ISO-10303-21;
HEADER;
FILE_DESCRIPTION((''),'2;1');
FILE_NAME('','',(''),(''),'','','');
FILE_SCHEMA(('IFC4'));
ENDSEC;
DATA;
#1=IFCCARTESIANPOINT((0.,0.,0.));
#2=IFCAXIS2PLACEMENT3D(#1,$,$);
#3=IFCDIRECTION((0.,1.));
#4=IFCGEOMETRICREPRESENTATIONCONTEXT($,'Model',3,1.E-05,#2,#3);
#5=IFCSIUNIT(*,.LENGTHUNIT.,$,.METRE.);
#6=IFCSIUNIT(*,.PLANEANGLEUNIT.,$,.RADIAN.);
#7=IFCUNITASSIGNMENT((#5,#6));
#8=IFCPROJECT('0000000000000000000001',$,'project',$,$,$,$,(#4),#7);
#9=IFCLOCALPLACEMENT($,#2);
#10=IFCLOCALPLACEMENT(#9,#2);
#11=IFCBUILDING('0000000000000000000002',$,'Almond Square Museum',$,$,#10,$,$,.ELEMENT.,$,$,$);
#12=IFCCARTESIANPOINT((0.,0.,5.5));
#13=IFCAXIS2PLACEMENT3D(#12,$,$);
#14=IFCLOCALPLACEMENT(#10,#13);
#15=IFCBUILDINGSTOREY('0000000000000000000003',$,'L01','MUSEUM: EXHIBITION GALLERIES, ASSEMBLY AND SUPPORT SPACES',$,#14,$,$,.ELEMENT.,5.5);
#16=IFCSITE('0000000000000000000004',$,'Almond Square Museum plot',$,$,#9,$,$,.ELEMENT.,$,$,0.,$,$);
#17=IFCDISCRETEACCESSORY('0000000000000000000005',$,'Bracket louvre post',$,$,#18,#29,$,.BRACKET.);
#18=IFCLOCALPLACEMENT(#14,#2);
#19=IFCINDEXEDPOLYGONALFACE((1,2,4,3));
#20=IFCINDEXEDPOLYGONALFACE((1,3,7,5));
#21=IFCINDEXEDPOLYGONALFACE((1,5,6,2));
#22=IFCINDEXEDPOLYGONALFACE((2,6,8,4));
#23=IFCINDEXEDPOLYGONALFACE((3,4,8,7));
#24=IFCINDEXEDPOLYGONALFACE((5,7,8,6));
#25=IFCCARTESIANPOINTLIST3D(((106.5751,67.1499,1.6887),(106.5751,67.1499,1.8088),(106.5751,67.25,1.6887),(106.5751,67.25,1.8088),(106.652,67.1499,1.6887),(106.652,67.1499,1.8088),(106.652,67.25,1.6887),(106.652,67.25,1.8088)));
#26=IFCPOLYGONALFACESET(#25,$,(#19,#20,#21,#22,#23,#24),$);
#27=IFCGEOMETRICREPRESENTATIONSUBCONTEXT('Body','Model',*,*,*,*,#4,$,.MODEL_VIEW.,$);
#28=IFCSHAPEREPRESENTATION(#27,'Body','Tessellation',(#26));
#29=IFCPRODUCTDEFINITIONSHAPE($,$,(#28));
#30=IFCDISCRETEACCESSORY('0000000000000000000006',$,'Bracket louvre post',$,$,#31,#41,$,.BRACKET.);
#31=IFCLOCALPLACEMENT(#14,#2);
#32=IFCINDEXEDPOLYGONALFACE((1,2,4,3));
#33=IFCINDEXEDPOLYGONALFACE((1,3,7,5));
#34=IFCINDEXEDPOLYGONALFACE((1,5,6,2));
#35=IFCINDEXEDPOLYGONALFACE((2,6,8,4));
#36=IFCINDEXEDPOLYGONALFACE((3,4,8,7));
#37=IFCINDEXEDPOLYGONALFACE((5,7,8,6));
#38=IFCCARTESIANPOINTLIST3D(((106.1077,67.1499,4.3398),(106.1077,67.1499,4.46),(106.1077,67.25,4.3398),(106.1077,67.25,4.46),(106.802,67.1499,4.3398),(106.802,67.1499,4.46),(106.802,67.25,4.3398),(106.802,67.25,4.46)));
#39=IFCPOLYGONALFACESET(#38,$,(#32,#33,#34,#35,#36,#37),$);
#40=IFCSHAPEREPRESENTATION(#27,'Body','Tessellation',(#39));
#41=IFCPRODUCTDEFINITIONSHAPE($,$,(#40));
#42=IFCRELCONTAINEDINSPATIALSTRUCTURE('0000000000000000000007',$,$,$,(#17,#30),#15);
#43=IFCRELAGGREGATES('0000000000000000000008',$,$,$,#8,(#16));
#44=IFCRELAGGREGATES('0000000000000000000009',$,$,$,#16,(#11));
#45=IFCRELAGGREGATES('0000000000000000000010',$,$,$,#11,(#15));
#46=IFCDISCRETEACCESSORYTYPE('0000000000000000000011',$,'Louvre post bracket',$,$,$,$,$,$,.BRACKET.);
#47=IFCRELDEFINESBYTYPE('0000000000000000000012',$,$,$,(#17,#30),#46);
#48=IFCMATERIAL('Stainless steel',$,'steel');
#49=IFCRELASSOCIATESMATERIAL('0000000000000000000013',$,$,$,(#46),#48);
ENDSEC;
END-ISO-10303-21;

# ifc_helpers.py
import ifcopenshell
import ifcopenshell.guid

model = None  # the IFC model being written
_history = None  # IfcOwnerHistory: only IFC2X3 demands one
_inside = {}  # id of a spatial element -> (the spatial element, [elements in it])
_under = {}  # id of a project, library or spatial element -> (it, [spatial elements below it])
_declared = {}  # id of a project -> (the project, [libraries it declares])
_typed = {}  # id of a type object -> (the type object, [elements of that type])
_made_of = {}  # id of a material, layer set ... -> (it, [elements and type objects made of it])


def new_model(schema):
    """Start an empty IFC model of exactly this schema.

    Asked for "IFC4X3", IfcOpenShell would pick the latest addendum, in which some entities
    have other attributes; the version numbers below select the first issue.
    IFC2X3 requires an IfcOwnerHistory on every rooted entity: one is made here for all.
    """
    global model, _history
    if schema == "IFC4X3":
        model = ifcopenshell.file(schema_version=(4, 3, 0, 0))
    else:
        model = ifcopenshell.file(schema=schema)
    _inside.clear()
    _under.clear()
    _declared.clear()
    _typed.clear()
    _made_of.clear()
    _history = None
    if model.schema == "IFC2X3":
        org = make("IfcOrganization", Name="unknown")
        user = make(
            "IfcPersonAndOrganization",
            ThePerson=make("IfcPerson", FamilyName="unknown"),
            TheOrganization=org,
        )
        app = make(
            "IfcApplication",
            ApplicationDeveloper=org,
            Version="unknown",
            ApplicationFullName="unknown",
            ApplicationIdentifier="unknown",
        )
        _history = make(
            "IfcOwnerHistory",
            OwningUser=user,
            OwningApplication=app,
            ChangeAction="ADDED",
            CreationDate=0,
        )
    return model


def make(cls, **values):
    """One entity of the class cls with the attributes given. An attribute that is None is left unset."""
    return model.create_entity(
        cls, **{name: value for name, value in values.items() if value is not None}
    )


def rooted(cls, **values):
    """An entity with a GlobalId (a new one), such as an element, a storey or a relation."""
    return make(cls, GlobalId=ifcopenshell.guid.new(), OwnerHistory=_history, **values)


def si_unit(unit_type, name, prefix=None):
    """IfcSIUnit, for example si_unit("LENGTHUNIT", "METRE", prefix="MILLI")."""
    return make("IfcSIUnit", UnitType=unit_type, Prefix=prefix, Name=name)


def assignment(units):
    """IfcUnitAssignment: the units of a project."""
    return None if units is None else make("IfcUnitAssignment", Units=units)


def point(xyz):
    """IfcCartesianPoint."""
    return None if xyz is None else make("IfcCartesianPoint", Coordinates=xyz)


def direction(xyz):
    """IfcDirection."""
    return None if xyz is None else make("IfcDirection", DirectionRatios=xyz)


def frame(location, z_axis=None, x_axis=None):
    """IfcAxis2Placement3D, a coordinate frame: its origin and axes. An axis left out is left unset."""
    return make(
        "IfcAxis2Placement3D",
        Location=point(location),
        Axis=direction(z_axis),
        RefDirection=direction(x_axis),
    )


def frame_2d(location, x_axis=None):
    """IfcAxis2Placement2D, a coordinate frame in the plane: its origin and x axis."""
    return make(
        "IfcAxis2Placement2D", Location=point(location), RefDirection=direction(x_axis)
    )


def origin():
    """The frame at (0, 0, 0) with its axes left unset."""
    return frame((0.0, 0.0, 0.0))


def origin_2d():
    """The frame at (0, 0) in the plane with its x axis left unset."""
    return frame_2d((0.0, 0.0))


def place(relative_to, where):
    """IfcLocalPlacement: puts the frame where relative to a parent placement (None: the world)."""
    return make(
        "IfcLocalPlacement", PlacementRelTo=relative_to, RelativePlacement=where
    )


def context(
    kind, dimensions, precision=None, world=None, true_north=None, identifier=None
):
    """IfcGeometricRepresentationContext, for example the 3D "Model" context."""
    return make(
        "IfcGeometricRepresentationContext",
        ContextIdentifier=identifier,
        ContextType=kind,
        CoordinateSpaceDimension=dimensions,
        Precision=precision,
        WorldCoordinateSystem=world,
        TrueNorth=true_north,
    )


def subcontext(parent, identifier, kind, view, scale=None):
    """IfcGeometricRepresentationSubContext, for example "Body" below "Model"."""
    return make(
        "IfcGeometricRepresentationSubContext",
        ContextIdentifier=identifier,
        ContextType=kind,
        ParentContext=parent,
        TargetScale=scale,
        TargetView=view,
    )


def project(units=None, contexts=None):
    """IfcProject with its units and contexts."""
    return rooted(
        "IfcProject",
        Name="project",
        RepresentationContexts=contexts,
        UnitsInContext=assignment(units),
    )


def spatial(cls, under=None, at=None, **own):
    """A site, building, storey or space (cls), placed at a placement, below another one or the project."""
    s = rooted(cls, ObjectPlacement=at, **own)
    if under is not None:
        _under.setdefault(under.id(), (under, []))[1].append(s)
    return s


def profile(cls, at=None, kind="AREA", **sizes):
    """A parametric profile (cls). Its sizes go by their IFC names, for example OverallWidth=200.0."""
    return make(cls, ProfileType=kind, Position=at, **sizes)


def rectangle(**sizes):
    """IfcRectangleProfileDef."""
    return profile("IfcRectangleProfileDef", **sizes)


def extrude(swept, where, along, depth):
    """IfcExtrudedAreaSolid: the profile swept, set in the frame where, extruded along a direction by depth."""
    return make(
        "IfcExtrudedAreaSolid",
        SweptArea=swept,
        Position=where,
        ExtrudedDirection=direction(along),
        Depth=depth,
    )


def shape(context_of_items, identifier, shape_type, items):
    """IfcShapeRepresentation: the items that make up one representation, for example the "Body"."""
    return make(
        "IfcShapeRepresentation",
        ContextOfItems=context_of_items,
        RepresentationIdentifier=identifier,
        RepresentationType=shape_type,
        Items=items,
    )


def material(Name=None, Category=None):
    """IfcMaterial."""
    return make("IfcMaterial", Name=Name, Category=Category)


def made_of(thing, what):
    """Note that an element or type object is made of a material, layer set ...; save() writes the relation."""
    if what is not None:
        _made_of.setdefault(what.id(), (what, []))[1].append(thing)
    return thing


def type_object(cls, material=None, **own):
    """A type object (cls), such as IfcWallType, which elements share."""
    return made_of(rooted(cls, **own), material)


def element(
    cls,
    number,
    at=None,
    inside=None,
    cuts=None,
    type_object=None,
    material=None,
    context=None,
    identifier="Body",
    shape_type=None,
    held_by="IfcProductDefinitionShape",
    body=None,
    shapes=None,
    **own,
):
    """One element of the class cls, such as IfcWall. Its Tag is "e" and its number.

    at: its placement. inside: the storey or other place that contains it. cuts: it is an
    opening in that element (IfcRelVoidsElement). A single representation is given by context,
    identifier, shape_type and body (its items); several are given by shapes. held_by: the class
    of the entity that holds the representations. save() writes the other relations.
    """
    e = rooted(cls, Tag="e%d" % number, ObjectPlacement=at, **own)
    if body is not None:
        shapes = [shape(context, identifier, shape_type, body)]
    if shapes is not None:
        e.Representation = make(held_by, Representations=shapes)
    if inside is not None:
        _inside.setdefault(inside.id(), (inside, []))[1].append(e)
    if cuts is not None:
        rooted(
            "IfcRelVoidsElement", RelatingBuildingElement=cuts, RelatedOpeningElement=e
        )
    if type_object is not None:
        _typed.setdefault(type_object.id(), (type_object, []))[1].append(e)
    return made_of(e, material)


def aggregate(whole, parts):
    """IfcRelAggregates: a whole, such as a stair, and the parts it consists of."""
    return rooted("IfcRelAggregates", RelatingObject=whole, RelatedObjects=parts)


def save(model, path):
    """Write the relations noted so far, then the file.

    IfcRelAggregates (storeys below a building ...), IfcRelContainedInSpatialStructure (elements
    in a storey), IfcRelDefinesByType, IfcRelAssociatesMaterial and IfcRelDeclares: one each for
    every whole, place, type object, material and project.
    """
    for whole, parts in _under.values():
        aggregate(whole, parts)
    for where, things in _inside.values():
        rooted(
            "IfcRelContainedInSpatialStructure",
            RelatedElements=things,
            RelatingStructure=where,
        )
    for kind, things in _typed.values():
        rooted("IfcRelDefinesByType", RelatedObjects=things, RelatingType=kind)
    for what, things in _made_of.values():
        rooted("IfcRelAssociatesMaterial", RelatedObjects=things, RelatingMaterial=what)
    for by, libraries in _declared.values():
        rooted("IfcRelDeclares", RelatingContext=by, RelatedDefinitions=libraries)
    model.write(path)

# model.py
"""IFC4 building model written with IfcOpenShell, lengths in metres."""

from ifc_helpers import new_model, si_unit, direction, frame, origin, origin_2d, place, context, subcontext, project, spatial, rectangle, extrude, material, type_object, element, save


model = new_model("IFC4")

# Units and contexts
model_context = context("Model", 3, precision=1e-05, world=origin(), true_north=direction((0.0, 1.0)))
body_context = subcontext(model_context, "Body", "Model", "MODEL_VIEW")
ifc_project = project(units=[si_unit("LENGTHUNIT", "METRE"), si_unit("PLANEANGLEUNIT", "RADIAN")], contexts=[model_context])

# Site, building, storey
site_placement = place(None, origin())
site = spatial("IfcSite", under=ifc_project, at=site_placement, Name="Almond Square Museum plot", CompositionType="ELEMENT", RefElevation=0.0)
building_placement = place(site_placement, origin())
building = spatial("IfcBuilding", under=site, at=building_placement, Name="Almond Square Museum", CompositionType="ELEMENT")
storey_placement = place(building_placement, frame((0.0, 0.0, 5.5)))
storey = spatial("IfcBuildingStorey", under=building, at=storey_placement, Name="L01", Description="MUSEUM: EXHIBITION GALLERIES, ASSEMBLY AND SUPPORT SPACES", CompositionType="ELEMENT", Elevation=5.5)

# Discrete accessories
ifc_material_1 = material(Name="Stainless steel", Category="steel")
discrete_accessory_type = type_object("IfcDiscreteAccessoryType", Name="Louvre post bracket", PredefinedType="BRACKET", material=ifc_material_1)
discrete_accessory_1_placement = place(storey_placement, frame((106.6135, 67.2, 1.6887), z_axis=(0.0, 0.0, 1.0), x_axis=(1.0, 0.0, 0.0)))
element("IfcDiscreteAccessory", 1, at=discrete_accessory_1_placement, inside=storey, type_object=discrete_accessory_type, Name="Bracket louvre post", PredefinedType="BRACKET", context=body_context, shape_type="SweptSolid", body=[
    extrude(rectangle(XDim=0.0769, YDim=0.1001, at=origin_2d()), origin(), (0.0, 0.0, 1.0), 0.1201),
])
discrete_accessory_2_placement = place(storey_placement, frame((106.4548, 67.2, 4.3398), z_axis=(0.0, 0.0, 1.0), x_axis=(1.0, 0.0, 0.0)))
element("IfcDiscreteAccessory", 2, at=discrete_accessory_2_placement, inside=storey, type_object=discrete_accessory_type, Name="Bracket louvre post", PredefinedType="BRACKET", context=body_context, shape_type="SweptSolid", body=[
    extrude(rectangle(XDim=0.6943, YDim=0.1001, at=origin_2d()), origin(), (0.0, 0.0, 1.0), 0.1201),
])

save(model, "model.ifc")
